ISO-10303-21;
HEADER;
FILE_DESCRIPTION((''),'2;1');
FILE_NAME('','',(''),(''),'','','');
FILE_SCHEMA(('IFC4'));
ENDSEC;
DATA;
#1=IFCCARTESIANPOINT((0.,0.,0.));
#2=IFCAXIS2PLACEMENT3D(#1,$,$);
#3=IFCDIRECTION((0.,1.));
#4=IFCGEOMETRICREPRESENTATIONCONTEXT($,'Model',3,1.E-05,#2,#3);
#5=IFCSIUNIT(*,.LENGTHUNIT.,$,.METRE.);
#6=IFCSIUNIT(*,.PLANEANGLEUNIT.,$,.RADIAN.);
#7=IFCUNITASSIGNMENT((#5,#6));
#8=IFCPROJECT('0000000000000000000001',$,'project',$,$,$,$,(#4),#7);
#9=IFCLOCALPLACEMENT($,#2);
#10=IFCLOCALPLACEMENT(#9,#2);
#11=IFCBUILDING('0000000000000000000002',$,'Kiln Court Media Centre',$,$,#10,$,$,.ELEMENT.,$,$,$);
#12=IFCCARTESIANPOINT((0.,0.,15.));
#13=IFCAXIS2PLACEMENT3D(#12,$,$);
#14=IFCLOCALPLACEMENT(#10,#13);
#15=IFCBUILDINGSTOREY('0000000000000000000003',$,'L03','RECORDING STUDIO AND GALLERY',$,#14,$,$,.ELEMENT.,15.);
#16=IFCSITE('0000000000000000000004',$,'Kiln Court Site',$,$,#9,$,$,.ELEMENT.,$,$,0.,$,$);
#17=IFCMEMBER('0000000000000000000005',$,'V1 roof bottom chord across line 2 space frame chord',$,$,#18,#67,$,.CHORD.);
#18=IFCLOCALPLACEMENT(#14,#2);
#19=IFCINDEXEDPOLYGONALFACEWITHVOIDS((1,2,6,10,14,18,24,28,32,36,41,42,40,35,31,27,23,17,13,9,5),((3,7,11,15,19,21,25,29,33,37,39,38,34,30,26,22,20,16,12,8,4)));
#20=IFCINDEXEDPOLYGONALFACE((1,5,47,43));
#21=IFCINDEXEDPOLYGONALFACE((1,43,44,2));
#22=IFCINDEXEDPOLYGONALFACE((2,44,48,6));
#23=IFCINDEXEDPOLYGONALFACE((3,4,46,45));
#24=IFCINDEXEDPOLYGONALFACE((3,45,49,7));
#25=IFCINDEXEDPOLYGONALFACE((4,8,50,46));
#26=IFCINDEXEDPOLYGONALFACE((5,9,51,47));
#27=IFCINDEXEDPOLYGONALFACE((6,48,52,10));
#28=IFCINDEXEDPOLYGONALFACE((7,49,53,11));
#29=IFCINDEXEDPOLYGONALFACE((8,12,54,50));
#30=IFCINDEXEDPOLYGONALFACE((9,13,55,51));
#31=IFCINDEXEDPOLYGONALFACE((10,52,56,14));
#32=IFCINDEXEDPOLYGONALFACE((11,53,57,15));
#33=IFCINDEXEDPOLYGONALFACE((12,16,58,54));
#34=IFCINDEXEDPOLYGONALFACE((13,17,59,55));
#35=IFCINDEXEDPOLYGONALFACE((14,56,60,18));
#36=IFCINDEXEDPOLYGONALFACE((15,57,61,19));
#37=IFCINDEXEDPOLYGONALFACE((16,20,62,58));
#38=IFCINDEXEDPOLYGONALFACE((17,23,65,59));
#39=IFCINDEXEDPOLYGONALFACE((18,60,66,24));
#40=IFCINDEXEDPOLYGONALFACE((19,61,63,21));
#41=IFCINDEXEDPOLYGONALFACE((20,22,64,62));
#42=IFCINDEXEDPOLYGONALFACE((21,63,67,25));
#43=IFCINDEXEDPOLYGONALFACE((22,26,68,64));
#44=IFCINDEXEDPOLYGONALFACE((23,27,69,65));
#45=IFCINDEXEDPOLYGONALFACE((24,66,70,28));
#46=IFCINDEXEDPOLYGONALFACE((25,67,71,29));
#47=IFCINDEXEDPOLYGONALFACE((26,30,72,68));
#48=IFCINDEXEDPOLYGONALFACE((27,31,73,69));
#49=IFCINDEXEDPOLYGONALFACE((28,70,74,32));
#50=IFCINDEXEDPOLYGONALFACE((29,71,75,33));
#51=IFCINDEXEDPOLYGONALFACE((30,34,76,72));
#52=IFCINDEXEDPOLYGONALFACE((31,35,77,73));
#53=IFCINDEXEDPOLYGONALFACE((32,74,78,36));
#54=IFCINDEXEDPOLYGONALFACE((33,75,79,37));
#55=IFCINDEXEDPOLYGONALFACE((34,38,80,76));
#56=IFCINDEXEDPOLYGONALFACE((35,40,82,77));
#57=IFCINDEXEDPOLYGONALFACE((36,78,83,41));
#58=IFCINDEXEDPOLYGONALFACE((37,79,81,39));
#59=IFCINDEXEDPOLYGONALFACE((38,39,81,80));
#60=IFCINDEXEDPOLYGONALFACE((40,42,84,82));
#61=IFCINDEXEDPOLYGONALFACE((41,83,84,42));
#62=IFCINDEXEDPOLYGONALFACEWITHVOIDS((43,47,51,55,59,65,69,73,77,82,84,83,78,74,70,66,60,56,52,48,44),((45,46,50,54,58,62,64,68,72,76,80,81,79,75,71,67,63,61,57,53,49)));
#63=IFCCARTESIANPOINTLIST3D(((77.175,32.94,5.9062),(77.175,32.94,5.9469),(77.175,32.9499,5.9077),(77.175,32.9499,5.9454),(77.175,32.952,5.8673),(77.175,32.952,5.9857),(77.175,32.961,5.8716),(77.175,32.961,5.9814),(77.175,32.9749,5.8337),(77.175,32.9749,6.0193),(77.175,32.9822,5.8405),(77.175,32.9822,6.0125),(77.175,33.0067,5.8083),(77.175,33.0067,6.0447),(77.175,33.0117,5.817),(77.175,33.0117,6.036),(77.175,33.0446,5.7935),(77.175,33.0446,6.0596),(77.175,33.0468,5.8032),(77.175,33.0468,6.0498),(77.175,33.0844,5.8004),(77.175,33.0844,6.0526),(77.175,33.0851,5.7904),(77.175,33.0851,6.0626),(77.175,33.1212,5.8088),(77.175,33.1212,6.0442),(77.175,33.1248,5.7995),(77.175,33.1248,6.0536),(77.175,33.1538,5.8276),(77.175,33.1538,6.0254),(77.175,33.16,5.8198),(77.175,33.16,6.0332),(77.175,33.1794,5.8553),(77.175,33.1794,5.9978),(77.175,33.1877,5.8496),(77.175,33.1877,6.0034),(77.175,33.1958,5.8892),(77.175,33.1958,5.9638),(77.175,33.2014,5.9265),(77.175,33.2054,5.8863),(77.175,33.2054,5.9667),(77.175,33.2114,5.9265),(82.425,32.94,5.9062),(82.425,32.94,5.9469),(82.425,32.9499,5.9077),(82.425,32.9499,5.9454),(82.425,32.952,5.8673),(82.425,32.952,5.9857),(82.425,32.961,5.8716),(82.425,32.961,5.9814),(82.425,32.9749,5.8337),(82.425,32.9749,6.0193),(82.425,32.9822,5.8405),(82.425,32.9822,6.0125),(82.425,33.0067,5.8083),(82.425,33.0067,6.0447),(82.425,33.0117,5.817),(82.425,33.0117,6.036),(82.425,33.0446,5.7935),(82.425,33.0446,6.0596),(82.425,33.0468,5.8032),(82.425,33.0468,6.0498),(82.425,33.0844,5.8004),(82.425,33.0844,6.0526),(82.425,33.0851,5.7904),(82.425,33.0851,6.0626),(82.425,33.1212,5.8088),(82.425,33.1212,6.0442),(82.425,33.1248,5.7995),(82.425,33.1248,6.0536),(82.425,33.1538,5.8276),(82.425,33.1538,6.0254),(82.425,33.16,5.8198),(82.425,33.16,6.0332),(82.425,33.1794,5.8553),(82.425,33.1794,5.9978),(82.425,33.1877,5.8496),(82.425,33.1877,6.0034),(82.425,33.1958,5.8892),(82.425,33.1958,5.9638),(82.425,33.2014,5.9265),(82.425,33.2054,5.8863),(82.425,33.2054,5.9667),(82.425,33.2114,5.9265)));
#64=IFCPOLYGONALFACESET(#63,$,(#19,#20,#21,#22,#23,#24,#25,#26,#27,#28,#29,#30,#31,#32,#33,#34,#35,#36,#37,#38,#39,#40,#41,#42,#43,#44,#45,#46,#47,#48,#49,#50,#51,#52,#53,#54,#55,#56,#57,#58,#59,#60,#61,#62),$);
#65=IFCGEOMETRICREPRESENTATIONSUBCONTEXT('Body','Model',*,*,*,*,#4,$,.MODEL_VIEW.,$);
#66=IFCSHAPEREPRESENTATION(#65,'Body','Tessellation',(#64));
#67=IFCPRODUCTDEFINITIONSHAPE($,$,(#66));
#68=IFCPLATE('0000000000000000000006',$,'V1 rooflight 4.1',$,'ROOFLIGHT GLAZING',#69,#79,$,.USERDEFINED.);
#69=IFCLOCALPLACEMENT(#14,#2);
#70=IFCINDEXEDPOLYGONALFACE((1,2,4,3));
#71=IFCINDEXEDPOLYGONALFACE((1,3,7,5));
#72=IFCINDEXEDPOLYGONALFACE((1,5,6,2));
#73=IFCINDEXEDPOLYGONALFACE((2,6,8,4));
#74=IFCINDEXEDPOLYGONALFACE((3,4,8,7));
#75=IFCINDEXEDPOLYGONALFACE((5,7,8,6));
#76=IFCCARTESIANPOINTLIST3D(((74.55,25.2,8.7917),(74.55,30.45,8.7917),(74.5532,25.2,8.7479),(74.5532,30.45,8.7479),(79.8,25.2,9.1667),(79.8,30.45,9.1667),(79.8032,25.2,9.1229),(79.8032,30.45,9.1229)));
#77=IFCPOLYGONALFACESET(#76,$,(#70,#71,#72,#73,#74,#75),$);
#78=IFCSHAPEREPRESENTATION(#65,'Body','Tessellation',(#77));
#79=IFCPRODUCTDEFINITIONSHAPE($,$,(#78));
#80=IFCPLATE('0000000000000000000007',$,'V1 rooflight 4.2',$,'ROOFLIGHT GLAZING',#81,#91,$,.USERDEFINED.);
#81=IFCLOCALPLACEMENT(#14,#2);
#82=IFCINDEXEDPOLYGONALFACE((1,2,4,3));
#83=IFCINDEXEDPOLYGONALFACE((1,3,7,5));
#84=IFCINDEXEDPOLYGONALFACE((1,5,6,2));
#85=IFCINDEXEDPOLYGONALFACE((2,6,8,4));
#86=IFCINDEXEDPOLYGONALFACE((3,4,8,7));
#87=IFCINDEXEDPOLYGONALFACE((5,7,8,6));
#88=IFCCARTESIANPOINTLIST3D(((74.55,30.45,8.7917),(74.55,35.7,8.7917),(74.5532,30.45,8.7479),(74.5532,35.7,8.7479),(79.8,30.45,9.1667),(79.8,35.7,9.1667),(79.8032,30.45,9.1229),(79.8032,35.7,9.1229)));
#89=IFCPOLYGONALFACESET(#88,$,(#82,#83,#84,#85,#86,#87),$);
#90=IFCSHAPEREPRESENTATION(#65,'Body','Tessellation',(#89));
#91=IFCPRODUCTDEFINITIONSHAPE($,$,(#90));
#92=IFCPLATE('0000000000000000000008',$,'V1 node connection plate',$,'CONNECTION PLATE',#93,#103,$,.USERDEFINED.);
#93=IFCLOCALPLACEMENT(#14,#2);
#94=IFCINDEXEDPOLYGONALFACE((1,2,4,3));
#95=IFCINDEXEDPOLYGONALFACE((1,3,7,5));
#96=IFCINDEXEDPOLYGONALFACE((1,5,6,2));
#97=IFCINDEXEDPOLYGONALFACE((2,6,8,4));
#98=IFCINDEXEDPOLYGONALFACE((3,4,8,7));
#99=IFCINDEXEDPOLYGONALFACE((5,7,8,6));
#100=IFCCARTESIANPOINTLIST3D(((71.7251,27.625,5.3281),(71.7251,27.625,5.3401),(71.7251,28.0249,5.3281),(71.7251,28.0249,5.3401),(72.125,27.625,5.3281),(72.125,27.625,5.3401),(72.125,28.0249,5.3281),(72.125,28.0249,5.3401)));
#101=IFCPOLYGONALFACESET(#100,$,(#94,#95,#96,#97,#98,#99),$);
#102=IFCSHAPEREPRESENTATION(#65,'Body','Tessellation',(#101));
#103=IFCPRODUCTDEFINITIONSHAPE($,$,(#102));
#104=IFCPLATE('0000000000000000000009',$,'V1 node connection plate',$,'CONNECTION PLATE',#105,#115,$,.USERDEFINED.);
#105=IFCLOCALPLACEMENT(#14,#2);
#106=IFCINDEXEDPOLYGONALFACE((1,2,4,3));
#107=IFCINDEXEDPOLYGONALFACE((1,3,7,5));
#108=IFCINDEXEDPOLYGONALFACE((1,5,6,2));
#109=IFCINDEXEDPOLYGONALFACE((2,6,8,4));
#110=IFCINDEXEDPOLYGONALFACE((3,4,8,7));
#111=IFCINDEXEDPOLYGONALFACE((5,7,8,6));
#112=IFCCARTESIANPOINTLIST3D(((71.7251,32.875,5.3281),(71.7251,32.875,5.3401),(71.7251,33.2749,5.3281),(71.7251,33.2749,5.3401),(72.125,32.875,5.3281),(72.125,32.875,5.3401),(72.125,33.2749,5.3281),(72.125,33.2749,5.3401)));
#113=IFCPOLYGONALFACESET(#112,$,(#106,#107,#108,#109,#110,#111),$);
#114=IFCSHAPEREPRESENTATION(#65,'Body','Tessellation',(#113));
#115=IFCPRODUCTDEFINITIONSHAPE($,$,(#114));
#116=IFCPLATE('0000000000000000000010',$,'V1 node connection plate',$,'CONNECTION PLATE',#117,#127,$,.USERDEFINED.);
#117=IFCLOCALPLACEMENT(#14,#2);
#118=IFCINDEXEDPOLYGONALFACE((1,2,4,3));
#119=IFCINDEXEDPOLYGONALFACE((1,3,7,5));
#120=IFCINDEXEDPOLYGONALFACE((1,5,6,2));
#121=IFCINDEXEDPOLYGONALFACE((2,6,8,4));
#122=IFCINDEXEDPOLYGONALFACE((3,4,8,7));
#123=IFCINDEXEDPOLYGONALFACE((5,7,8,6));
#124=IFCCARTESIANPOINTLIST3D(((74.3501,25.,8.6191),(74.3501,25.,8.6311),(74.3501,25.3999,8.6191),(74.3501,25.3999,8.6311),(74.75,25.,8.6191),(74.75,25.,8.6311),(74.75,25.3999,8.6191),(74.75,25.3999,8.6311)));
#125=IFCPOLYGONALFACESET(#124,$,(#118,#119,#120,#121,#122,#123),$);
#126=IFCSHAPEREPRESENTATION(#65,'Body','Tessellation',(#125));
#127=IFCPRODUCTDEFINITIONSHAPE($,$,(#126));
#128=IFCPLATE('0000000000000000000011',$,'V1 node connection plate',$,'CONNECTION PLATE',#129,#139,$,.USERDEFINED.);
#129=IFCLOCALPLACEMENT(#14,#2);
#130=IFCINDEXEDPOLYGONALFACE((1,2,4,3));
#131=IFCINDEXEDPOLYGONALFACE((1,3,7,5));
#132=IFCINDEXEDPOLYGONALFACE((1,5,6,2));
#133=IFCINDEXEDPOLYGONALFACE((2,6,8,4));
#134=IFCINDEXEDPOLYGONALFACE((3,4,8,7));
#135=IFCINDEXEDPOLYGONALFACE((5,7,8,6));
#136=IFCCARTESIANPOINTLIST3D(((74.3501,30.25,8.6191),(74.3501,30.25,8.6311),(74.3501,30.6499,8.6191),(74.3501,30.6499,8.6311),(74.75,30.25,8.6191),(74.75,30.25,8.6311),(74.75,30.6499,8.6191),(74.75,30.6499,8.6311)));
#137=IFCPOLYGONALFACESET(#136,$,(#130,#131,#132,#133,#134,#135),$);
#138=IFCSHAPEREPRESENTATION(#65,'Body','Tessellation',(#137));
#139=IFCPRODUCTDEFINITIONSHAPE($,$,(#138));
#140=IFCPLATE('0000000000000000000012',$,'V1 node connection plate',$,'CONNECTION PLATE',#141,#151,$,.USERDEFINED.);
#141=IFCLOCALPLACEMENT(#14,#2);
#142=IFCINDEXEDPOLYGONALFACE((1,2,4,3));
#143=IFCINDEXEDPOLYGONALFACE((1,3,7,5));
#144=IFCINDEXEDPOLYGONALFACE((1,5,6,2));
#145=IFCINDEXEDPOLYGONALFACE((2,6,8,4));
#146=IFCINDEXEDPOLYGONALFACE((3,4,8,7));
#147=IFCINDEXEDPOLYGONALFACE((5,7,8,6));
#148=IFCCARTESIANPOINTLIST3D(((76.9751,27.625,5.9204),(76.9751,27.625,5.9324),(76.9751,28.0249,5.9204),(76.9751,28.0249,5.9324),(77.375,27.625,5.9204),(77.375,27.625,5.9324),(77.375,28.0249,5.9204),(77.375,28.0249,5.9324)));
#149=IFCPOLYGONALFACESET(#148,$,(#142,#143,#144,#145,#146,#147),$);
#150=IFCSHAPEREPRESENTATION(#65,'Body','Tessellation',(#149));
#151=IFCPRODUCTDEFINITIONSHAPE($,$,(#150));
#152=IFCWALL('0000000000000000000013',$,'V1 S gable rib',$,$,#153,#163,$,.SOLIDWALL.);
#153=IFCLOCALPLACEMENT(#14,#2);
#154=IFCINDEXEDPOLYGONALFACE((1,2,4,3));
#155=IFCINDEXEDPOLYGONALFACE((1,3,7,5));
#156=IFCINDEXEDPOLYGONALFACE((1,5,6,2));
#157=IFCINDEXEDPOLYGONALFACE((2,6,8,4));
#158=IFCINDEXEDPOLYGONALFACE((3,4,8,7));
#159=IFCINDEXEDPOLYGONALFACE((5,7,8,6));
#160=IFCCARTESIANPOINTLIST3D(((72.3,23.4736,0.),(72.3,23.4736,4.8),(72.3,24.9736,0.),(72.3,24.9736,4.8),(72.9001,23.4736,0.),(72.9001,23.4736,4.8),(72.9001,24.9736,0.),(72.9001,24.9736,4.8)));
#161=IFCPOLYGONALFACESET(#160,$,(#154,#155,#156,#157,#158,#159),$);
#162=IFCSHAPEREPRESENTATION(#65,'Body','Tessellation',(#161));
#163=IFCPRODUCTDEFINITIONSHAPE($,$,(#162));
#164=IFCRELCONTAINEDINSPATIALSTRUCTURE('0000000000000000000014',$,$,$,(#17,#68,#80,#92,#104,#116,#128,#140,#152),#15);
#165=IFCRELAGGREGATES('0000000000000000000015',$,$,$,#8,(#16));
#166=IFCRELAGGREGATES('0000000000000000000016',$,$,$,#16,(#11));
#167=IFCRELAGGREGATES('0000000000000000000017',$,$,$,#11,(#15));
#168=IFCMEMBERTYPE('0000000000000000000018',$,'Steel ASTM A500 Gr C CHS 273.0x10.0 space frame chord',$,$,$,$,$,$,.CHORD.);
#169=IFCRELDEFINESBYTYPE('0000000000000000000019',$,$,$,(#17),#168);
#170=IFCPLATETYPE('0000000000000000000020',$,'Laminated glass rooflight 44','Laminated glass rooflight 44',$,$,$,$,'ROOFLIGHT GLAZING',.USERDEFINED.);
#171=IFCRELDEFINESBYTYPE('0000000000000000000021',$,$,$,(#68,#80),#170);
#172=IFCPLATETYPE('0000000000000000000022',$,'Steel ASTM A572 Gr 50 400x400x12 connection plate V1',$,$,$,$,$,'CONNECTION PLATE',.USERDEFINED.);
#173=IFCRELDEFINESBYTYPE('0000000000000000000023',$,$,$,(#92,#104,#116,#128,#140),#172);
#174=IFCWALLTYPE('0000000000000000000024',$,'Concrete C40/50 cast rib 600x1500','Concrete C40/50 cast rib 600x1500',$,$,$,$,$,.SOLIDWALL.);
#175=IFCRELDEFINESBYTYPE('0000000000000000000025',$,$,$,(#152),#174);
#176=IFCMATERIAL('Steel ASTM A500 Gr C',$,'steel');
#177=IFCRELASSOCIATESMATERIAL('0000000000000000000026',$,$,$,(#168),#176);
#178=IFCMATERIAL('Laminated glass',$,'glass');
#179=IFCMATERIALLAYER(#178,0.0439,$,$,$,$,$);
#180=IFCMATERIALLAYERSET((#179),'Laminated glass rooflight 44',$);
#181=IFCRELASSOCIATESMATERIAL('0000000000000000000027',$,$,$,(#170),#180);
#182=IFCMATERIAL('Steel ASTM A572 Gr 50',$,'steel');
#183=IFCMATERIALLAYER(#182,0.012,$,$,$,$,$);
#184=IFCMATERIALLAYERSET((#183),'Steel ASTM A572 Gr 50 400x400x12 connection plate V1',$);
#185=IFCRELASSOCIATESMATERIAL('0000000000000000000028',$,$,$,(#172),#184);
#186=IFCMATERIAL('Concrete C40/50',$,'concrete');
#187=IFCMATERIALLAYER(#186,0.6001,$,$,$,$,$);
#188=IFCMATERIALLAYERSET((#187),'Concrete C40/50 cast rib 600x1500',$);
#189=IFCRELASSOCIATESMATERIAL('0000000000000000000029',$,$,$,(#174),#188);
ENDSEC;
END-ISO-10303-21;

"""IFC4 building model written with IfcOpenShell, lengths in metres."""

from ifc_helpers import new_model, si_unit, direction, frame, frame_2d, origin, origin_2d, place, context, subcontext, project, spatial, polyline, rectangle, hollow_circle, outline, extrude, material, layer, layer_set, material_profile, profile_set, type_object, element, save


model = new_model("IFC4")

# Units and contexts
model_context = context("Model", 3, precision=1e-05, world=origin(), true_north=direction((0.0, 1.0)))
body_context = subcontext(model_context, "Body", "Model", "MODEL_VIEW")
ifc_project = project(units=[si_unit("LENGTHUNIT", "METRE"), si_unit("PLANEANGLEUNIT", "RADIAN")], contexts=[model_context])

# Site, building, storey
site_placement = place(None, origin())
site = spatial("IfcSite", under=ifc_project, at=site_placement, Name="Kiln Court Site", CompositionType="ELEMENT", RefElevation=0.0)
building_placement = place(site_placement, origin())
building = spatial("IfcBuilding", under=site, at=building_placement, Name="Kiln Court Media Centre", CompositionType="ELEMENT")
storey_placement = place(building_placement, frame((0.0, 0.0, 15.0)))
storey = spatial("IfcBuildingStorey", under=building, at=storey_placement, Name="L03", Description="RECORDING STUDIO AND GALLERY", CompositionType="ELEMENT", Elevation=15.0)

# Member
ifc_material_1 = material(Name="Steel ASTM A500 Gr C", Category="steel")
ifc_material_profile_1 = material_profile(ifc_material_1, hollow_circle(Radius=0.1365, WallThickness=0.01, at=origin_2d()), Name="CHS 273.0x10.0")
ifc_profile_set_1 = profile_set([ifc_material_profile_1], Name="Steel ASTM A500 Gr C")
member_type_1 = type_object("IfcMemberType", Name="Steel ASTM A500 Gr C CHS 273.0x10.0 space frame chord", PredefinedType="CHORD", material=ifc_profile_set_1)
for number, where, z_axis, x_axis, name in (
    (1, (77.175, 33.075, 5.9265), (1.0, 0.0, 0.0), (0.0, 1.0, 0.0), "V1 roof bottom chord across line 2 space frame chord"),
):
    element("IfcMember", number, at=place(storey_placement, frame(where, z_axis=z_axis, x_axis=x_axis)), inside=storey, type_object=member_type_1, Name=name, PredefinedType="CHORD", context=body_context, shape_type="SweptSolid", body=[
        extrude(hollow_circle(Radius=0.1365, WallThickness=0.01, at=origin_2d()), origin(), (0.0, 0.0, 1.0), 5.25),
    ])

# Plates
ifc_material_2 = material(Name="Laminated glass", Category="glass")
ifc_layer_1 = layer(ifc_material_2, 0.0439)
ifc_layer_set_1 = layer_set([ifc_layer_1], Name="Laminated glass rooflight 44")
plate_type_1 = type_object("IfcPlateType", Name="Laminated glass rooflight 44", Description="Laminated glass rooflight 44", ElementType="ROOFLIGHT GLAZING", PredefinedType="USERDEFINED", material=ifc_layer_set_1)
for number, where, z_axis, x_axis, name in (
    (2, (74.55, 25.2, 8.7917), (-0.071247, 0.0, 0.997459), (0.997459, 0.0, 0.071247), "V1 rooflight 4.1"),
    (3, (74.55, 30.45, 8.7917), (-0.071247, 0.0, 0.997459), (0.997459, 0.0, 0.071247), "V1 rooflight 4.2"),
):
    element("IfcPlate", number, at=place(storey_placement, frame(where, z_axis=z_axis, x_axis=x_axis)), inside=storey, type_object=plate_type_1, Name=name, ObjectType="ROOFLIGHT GLAZING", PredefinedType="USERDEFINED", context=body_context, shape_type="SweptSolid", body=[
        extrude(outline(polyline([(0.0, 0.0), (5.2634, 0.0), (5.2634, 5.25), (0.0, 5.25), (0.0, 0.0)])), origin(), (0.0, 0.0, -1.0), 0.0439),
    ])
ifc_material_3 = material(Name="Steel ASTM A572 Gr 50", Category="steel")
ifc_layer_2 = layer(ifc_material_3, 0.012)
ifc_layer_set_2 = layer_set([ifc_layer_2], Name="Steel ASTM A572 Gr 50 400x400x12 connection plate V1")
plate_type_2 = type_object("IfcPlateType", Name="Steel ASTM A572 Gr 50 400x400x12 connection plate V1", ElementType="CONNECTION PLATE", PredefinedType="USERDEFINED", material=ifc_layer_set_2)
for number, where, z_axis, x_axis, name in (
    (4, (71.925, 27.825, 5.3281), (0.0, 0.0, 1.0), (1.0, 0.0, 0.0), "V1 node connection plate"),
    (5, (71.925, 33.075, 5.3281), (0.0, 0.0, 1.0), (1.0, 0.0, 0.0), "V1 node connection plate"),
    (6, (74.55, 25.2, 8.6191), (0.0, 0.0, 1.0), (1.0, 0.0, 0.0), "V1 node connection plate"),
    (7, (74.55, 30.45, 8.6191), (0.0, 0.0, 1.0), (1.0, 0.0, 0.0), "V1 node connection plate"),
    (8, (77.175, 27.825, 5.9204), (0.0, 0.0, 1.0), (1.0, 0.0, 0.0), "V1 node connection plate"),
):
    element("IfcPlate", number, at=place(storey_placement, frame(where, z_axis=z_axis, x_axis=x_axis)), inside=storey, type_object=plate_type_2, Name=name, ObjectType="CONNECTION PLATE", PredefinedType="USERDEFINED", context=body_context, shape_type="SweptSolid", body=[
        extrude(rectangle(XDim=0.3999, YDim=0.3999, at=origin_2d()), origin(), (0.0, 0.0, 1.0), 0.012),
    ])

# Wall
ifc_material_4 = material(Name="Concrete C40/50", Category="concrete")
ifc_layer_3 = layer(ifc_material_4, 0.6001)
ifc_layer_set_3 = layer_set([ifc_layer_3], Name="Concrete C40/50 cast rib 600x1500")
wall_type = type_object("IfcWallType", Name="Concrete C40/50 cast rib 600x1500", Description="Concrete C40/50 cast rib 600x1500", PredefinedType="SOLIDWALL", material=ifc_layer_set_3)
wall_placement = place(storey_placement, frame((72.6001, 24.9736, 0.0), z_axis=(0.0, 0.0, 1.0), x_axis=(0.0, -1.0, 0.0)))
element("IfcWall", 9, at=wall_placement, inside=storey, type_object=wall_type, Name="V1 S gable rib", PredefinedType="SOLIDWALL", context=body_context, shape_type="SweptSolid", body=[
    extrude(rectangle(XDim=1.5, YDim=0.6001, at=frame_2d((0.75, 0.0))), origin(), (0.0, 0.0, 1.0), 4.8),
])

save(model, "model.ifc")
